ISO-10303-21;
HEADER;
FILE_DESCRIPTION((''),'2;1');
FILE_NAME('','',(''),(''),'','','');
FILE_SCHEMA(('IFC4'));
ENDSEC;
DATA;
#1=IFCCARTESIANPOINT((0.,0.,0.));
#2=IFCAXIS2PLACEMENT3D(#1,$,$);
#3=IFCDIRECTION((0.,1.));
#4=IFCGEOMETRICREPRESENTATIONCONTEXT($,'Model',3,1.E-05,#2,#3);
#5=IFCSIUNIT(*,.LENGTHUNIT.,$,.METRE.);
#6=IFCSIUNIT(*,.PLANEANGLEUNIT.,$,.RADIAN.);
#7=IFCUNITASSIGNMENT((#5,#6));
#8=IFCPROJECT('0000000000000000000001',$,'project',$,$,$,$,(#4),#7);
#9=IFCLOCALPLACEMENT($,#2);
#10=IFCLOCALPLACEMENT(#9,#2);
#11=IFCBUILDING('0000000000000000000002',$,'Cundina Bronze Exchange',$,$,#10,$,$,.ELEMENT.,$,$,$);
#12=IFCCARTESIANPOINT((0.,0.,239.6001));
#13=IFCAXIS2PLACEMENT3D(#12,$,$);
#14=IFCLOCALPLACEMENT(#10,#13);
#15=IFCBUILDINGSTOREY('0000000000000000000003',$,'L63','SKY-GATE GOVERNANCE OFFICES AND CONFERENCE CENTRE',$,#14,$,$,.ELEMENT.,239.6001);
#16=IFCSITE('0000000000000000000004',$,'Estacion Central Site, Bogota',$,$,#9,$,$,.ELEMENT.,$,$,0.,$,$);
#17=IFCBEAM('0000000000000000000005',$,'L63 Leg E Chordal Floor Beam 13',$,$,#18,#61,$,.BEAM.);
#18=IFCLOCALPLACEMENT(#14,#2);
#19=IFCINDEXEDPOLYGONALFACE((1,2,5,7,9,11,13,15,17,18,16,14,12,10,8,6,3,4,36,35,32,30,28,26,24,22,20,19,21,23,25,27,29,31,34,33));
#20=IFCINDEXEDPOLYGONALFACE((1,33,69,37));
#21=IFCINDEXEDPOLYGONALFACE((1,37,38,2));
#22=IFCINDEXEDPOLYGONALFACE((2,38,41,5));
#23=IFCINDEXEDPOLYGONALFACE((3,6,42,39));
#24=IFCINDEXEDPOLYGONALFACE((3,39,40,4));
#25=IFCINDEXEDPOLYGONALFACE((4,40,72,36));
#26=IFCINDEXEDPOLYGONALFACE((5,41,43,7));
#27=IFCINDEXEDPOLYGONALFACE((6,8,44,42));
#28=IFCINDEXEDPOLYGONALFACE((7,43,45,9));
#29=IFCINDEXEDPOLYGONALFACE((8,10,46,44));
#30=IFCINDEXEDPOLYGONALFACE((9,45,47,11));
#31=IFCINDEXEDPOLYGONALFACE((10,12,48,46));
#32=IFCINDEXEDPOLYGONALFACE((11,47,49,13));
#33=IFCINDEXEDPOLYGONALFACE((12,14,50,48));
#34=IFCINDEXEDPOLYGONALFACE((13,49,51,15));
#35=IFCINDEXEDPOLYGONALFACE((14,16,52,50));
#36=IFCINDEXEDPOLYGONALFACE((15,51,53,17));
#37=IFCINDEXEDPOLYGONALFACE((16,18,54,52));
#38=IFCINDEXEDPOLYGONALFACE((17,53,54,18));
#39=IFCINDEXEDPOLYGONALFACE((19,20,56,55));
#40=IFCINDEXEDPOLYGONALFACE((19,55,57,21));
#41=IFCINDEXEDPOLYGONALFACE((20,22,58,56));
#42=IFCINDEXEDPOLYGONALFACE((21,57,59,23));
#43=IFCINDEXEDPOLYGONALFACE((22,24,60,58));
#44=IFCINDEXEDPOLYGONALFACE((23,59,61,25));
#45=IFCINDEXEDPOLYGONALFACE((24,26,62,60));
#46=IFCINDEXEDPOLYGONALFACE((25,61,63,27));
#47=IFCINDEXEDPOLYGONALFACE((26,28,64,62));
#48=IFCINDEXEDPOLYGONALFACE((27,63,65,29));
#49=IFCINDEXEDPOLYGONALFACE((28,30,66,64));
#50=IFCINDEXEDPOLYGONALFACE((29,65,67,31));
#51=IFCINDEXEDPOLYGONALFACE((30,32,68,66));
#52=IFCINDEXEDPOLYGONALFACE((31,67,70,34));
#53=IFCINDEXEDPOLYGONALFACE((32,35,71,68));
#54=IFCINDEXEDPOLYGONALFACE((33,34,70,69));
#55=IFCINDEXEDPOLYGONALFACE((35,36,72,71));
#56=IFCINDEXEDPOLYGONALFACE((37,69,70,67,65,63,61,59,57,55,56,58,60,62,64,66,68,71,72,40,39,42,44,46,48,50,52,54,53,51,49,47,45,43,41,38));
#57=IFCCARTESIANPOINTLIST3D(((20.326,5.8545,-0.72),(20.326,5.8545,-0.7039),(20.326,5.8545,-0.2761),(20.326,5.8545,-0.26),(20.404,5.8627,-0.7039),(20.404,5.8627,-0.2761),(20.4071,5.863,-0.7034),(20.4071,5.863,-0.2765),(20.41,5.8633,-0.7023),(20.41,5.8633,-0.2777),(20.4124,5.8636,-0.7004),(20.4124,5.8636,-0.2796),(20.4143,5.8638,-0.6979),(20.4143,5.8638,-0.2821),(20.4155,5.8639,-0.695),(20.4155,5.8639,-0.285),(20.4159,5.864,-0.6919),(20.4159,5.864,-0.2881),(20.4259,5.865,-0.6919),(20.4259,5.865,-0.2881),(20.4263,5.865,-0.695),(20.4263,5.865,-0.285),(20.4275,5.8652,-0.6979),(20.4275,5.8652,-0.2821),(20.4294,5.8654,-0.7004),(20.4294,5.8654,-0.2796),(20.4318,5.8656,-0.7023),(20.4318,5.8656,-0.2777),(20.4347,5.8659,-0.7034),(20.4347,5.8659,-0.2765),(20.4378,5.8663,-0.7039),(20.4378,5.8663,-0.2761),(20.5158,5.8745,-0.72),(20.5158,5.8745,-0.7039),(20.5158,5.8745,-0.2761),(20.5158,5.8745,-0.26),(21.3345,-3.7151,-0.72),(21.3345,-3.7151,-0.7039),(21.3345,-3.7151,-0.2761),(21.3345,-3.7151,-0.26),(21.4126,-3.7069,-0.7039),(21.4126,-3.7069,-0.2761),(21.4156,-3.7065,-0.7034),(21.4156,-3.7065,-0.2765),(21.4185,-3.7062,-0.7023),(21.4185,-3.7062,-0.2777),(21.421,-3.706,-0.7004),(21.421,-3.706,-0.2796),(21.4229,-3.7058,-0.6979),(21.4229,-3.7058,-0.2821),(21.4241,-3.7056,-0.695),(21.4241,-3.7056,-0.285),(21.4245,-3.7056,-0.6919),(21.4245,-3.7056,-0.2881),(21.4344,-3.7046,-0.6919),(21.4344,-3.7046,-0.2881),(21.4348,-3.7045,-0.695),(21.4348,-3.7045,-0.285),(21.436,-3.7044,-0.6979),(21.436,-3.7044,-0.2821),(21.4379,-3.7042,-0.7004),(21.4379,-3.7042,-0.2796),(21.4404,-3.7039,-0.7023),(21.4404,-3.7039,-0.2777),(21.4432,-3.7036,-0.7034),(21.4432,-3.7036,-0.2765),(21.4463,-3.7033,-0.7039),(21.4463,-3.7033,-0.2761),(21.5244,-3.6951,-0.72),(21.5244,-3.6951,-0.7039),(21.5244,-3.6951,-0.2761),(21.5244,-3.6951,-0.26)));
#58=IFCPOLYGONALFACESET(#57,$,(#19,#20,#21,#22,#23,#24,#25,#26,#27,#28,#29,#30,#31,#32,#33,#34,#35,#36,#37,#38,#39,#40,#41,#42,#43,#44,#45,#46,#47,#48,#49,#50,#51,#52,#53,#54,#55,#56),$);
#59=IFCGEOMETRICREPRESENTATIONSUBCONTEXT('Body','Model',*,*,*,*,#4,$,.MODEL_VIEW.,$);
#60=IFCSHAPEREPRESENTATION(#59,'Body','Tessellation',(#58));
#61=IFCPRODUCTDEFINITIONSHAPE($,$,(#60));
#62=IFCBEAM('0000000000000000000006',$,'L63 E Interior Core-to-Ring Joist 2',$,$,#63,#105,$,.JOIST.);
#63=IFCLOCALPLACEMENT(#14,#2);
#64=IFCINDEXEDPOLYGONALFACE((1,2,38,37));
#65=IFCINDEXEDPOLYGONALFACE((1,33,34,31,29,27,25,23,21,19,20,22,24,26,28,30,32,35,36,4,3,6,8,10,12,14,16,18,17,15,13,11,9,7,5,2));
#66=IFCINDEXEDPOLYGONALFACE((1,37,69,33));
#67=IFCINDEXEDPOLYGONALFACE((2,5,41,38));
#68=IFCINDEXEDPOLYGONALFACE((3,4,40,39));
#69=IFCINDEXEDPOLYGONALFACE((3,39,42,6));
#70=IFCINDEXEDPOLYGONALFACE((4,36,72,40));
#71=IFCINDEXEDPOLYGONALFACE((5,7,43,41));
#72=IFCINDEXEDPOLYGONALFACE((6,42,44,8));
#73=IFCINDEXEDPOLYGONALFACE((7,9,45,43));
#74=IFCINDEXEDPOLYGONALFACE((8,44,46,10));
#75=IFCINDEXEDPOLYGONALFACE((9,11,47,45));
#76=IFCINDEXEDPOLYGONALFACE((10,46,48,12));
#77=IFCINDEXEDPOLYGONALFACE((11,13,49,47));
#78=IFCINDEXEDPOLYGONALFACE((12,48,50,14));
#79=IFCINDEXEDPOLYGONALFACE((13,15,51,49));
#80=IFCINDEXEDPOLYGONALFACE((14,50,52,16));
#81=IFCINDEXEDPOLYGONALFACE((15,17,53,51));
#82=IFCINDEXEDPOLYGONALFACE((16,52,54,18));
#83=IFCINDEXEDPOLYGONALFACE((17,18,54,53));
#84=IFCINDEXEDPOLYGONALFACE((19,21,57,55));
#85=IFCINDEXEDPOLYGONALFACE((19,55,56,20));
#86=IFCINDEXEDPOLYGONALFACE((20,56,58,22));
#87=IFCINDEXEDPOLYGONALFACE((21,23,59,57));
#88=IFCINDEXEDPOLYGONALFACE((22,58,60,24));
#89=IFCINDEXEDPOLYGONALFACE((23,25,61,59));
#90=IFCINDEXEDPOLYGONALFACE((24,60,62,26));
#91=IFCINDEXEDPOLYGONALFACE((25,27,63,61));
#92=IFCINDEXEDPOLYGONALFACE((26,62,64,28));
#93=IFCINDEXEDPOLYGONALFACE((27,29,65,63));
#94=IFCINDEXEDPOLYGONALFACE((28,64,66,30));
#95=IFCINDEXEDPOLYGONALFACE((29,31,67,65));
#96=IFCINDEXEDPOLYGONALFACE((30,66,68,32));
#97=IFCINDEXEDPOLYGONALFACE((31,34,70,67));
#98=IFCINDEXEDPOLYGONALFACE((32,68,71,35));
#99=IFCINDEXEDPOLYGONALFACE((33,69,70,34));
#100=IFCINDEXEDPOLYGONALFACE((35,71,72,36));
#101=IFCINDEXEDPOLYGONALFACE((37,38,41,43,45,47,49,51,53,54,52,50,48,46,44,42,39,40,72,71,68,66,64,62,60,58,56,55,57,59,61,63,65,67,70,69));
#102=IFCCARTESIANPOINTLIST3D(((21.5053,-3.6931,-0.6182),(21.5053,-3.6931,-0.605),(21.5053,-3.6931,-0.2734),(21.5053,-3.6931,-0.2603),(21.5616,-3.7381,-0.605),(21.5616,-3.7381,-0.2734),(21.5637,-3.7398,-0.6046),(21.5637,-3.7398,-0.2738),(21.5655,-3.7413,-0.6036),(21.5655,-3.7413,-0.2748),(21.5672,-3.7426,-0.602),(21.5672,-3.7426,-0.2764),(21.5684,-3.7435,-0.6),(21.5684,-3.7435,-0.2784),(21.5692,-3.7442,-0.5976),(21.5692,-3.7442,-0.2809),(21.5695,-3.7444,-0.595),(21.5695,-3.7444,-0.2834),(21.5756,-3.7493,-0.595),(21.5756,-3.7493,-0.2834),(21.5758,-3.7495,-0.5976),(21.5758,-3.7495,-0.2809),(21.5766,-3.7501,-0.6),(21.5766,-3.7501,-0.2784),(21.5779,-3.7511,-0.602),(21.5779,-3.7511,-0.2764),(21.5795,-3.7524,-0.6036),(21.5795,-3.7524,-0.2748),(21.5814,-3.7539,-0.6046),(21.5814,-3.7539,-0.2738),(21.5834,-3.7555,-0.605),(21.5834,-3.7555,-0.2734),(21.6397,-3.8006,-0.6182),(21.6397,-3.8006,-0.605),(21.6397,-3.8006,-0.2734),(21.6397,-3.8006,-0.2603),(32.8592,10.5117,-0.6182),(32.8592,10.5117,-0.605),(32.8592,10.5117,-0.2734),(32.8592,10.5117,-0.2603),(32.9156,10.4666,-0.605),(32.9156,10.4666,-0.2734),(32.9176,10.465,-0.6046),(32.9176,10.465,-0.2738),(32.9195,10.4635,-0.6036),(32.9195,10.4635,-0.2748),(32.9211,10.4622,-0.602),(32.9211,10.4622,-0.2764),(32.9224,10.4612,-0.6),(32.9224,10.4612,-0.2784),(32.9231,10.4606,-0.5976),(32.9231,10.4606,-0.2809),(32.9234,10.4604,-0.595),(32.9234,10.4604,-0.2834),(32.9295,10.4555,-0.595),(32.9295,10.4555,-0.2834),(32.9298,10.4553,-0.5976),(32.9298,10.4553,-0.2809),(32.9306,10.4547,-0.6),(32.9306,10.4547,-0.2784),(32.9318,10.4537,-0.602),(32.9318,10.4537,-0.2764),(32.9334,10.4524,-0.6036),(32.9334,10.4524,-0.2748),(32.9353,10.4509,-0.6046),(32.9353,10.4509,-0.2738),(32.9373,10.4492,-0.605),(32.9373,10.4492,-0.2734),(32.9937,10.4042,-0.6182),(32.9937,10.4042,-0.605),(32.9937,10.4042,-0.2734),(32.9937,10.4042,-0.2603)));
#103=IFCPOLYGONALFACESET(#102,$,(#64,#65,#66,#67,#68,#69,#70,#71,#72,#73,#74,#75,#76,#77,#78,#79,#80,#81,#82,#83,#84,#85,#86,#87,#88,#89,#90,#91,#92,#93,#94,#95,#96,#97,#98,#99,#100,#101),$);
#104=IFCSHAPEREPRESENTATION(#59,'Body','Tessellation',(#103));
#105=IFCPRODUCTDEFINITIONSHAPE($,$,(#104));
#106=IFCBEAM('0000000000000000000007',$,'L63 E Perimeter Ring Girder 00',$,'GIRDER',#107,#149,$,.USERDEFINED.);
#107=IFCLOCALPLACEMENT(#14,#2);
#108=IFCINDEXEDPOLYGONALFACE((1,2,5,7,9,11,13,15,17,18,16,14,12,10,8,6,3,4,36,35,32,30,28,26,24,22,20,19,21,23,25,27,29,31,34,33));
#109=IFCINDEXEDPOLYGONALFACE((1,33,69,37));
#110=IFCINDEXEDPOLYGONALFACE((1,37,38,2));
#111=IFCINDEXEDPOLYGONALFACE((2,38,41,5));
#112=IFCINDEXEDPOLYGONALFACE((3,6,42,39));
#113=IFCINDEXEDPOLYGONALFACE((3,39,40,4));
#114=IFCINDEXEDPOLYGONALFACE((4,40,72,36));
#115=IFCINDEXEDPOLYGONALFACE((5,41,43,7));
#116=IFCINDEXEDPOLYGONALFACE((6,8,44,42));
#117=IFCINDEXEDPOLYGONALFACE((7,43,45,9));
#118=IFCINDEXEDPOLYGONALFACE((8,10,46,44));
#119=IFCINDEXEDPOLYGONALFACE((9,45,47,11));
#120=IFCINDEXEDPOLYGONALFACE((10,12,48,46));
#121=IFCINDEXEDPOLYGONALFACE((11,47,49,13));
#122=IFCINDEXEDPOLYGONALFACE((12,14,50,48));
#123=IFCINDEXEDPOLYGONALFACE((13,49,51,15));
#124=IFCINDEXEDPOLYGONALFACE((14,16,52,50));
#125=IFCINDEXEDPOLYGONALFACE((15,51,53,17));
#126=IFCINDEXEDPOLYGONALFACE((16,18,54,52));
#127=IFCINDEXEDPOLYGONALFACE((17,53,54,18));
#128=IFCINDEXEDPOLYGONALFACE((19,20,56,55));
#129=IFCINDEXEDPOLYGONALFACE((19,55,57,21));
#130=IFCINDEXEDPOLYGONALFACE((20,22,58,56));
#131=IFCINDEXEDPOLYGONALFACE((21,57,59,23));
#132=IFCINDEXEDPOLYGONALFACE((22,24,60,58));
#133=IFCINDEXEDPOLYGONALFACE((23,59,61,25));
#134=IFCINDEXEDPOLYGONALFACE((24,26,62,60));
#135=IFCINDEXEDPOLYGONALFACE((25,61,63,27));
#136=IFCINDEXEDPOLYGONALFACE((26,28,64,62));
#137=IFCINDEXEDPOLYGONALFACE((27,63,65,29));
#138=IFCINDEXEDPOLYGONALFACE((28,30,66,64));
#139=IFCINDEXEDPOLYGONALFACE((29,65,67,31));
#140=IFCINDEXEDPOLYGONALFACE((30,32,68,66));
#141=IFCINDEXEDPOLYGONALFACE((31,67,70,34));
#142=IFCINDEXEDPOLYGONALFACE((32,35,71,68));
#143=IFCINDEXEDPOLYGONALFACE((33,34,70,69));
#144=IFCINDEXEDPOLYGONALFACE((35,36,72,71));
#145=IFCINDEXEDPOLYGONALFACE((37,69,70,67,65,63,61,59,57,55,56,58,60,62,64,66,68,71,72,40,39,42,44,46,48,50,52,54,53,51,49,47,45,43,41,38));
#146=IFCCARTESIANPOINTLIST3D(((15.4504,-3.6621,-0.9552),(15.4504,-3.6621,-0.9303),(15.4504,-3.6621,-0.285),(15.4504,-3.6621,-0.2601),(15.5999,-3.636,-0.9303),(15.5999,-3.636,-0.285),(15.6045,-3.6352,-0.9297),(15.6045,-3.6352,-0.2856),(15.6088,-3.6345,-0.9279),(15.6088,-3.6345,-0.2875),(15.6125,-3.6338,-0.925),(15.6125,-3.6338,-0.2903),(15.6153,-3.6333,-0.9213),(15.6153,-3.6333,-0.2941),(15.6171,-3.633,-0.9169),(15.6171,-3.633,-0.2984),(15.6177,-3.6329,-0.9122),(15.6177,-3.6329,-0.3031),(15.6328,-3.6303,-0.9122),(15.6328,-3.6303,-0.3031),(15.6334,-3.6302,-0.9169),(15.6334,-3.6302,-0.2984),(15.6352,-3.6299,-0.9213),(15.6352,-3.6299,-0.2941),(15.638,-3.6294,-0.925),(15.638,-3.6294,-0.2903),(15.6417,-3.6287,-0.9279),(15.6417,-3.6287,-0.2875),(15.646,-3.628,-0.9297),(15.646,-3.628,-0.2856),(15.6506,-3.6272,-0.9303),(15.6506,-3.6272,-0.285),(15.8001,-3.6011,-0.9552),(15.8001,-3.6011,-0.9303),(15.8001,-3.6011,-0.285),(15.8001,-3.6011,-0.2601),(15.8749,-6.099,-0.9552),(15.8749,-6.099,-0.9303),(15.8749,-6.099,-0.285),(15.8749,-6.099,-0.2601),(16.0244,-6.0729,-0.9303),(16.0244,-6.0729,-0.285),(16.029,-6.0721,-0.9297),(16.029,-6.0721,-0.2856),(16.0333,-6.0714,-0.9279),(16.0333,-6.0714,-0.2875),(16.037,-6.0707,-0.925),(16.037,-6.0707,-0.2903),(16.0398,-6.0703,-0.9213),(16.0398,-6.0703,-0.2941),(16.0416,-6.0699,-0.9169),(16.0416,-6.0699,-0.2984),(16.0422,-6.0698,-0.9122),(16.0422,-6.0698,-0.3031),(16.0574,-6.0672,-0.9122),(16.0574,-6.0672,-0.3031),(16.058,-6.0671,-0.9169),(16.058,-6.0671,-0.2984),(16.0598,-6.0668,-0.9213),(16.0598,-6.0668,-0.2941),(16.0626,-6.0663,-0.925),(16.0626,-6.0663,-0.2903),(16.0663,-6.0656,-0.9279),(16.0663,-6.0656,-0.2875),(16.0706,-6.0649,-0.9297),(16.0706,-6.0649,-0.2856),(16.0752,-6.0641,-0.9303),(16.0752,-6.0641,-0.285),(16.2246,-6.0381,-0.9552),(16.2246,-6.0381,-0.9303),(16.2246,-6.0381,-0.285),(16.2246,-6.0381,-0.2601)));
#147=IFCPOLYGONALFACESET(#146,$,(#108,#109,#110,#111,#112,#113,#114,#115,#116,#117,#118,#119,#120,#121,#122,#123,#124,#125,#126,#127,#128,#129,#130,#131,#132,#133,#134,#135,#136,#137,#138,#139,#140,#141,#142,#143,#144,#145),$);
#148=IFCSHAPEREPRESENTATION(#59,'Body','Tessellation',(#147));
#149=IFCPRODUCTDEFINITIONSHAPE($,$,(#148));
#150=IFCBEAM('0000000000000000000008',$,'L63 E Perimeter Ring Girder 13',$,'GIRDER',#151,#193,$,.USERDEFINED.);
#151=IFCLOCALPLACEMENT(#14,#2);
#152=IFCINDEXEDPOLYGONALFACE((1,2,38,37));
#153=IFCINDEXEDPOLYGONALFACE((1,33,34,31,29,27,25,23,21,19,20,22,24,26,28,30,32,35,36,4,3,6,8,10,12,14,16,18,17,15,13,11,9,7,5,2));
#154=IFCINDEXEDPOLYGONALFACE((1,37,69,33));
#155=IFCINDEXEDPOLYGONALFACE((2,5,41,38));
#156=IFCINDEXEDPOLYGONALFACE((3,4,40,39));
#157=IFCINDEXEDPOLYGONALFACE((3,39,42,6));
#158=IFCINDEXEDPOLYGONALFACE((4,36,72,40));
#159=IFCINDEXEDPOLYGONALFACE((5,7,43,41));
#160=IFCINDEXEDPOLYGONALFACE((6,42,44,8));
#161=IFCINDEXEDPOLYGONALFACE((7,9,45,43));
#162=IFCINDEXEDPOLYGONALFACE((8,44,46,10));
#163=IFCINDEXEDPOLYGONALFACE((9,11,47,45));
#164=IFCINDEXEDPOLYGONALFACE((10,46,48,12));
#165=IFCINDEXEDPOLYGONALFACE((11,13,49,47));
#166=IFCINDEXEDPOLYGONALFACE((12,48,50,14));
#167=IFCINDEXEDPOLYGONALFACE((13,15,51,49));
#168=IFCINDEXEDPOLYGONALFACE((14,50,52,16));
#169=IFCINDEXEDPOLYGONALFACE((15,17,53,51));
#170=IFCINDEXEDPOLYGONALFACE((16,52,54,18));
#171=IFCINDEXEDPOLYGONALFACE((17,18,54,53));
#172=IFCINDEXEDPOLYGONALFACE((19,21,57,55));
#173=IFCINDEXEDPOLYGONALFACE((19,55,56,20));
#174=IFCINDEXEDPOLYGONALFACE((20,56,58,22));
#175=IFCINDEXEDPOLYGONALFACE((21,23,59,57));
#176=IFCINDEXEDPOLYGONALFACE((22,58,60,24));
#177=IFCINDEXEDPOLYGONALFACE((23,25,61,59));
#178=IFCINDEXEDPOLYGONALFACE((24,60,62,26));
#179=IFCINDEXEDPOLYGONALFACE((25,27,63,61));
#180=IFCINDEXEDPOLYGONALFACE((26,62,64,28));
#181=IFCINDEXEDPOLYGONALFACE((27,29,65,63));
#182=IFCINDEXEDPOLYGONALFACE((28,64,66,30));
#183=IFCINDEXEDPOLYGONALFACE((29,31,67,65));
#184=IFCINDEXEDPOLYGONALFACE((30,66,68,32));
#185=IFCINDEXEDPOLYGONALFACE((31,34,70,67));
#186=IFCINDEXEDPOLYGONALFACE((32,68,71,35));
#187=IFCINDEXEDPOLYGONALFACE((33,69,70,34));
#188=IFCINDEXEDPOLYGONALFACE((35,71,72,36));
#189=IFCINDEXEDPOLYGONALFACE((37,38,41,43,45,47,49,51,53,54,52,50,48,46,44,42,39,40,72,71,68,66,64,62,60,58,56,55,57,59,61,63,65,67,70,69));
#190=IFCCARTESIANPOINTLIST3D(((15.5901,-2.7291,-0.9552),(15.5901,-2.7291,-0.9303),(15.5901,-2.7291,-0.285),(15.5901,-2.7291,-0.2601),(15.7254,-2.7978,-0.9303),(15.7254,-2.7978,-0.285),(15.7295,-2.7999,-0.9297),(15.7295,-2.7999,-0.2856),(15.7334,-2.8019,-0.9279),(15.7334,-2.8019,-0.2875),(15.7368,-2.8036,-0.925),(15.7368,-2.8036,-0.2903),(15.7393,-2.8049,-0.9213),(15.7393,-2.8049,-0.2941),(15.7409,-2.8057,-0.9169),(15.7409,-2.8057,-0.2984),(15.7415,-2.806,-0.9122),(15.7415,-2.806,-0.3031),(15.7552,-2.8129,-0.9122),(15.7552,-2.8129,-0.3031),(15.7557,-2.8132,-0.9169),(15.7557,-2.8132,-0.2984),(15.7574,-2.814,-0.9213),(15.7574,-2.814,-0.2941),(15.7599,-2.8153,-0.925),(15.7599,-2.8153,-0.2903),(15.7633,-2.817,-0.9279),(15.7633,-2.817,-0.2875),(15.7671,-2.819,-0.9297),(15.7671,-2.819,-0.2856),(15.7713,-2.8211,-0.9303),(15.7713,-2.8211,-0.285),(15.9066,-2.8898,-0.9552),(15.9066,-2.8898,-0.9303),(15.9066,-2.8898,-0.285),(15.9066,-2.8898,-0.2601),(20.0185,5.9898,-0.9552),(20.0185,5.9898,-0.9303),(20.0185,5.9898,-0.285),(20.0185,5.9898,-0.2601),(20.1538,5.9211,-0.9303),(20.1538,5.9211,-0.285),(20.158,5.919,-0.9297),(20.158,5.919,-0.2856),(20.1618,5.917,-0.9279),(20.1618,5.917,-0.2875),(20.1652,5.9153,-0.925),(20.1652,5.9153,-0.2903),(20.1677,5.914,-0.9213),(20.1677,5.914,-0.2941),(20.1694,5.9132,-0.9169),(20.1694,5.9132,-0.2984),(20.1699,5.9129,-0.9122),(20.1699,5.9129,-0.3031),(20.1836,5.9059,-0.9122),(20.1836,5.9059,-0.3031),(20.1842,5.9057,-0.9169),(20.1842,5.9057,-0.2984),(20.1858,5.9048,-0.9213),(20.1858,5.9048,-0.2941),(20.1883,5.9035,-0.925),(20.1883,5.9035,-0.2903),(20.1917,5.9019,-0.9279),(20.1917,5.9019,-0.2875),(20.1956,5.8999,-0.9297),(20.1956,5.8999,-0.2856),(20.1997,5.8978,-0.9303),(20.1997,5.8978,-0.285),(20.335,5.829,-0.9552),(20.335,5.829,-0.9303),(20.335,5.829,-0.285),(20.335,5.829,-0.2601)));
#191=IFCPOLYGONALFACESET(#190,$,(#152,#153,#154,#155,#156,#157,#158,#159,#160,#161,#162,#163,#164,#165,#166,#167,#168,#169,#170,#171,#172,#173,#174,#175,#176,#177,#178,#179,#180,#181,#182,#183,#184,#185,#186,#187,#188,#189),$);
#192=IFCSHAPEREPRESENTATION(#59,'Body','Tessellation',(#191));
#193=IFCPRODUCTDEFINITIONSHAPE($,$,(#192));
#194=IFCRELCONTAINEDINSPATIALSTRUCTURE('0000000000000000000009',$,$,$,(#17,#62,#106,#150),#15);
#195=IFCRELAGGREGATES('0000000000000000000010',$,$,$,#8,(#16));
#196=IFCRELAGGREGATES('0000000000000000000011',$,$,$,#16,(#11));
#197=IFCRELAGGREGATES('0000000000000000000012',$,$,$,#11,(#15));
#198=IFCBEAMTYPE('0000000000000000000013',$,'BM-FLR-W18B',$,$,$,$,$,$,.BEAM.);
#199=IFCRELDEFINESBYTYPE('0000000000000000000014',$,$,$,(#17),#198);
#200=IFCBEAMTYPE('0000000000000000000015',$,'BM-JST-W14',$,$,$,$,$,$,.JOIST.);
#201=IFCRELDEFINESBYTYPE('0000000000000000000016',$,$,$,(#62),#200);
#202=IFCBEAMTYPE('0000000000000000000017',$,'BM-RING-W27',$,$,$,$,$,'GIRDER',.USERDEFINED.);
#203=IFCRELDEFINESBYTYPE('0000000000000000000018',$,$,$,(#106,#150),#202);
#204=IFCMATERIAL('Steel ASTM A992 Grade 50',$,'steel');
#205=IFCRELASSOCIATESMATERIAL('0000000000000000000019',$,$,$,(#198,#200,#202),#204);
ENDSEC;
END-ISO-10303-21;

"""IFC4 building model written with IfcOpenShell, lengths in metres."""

from ifc_helpers import new_model, si_unit, direction, frame, origin, origin_2d, place, context, subcontext, project, spatial, i_section, extrude, material, material_profile, profile_set, type_object, element, save


model = new_model("IFC4")

# Units and contexts
model_context = context("Model", 3, precision=1e-05, world=origin(), true_north=direction((0.0, 1.0)))
body_context = subcontext(model_context, "Body", "Model", "MODEL_VIEW")
ifc_project = project(units=[si_unit("LENGTHUNIT", "METRE"), si_unit("PLANEANGLEUNIT", "RADIAN")], contexts=[model_context])

# Site, building, storey
site_placement = place(None, origin())
site = spatial("IfcSite", under=ifc_project, at=site_placement, Name="Estacion Central Site, Bogota", CompositionType="ELEMENT", RefElevation=0.0)
building_placement = place(site_placement, origin())
building = spatial("IfcBuilding", under=site, at=building_placement, Name="Cundina Bronze Exchange", CompositionType="ELEMENT")
storey_placement = place(building_placement, frame((0.0, 0.0, 239.6001)))
storey = spatial("IfcBuildingStorey", under=building, at=storey_placement, Name="L63", Description="SKY-GATE GOVERNANCE OFFICES AND CONFERENCE CENTRE", CompositionType="ELEMENT", Elevation=239.6001)

# Shared definitions
ifc_material_1 = material(Name="Steel ASTM A992 Grade 50", Category="steel")

# Beams
ifc_material_profile_1 = material_profile(ifc_material_1, i_section(OverallWidth=0.1909, OverallDepth=0.46, WebThickness=0.01, FlangeThickness=0.0161, FilletRadius=0.012, at=origin_2d()), Name="W18X55", Category="steel")
ifc_profile_set_1 = profile_set([ifc_material_profile_1], Name="Steel ASTM A992 Grade 50")
beam_type_1 = type_object("IfcBeamType", Name="BM-FLR-W18B", PredefinedType="BEAM", material=ifc_profile_set_1)
beam_1_placement = place(storey_placement, frame((21.4294, -3.7051, -0.49), z_axis=(-0.10481, 0.994492, 0.0), x_axis=(-0.994492, -0.10481, 0.0)))
element("IfcBeam", 1, at=beam_1_placement, inside=storey, type_object=beam_type_1, Name="L63 Leg E Chordal Floor Beam 13", PredefinedType="BEAM", context=body_context, shape_type="SweptSolid", body=[
    extrude(i_section(OverallWidth=0.1909, OverallDepth=0.46, WebThickness=0.01, FlangeThickness=0.0161, FilletRadius=0.012, at=origin_2d()), origin(), (0.0, 0.0, 1.0), 9.6226),
])
ifc_material_profile_2 = material_profile(ifc_material_1, i_section(OverallWidth=0.1721, OverallDepth=0.3579, WebThickness=0.0078, FlangeThickness=0.0132, FilletRadius=0.01, at=origin_2d()), Name="W14X38", Category="steel")
ifc_profile_set_2 = profile_set([ifc_material_profile_2], Name="Steel ASTM A992 Grade 50")
beam_type_2 = type_object("IfcBeamType", Name="BM-JST-W14", PredefinedType="JOIST", material=ifc_profile_set_2)
beam_2_placement = place(storey_placement, frame((21.5725, -3.7468, -0.4392), z_axis=(0.624364, 0.781133, 0.0), x_axis=(-0.781133, 0.624364, 0.0)))
element("IfcBeam", 2, at=beam_2_placement, inside=storey, type_object=beam_type_2, Name="L63 E Interior Core-to-Ring Joist 2", PredefinedType="JOIST", context=body_context, shape_type="SweptSolid", body=[
    extrude(i_section(OverallWidth=0.1721, OverallDepth=0.3579, WebThickness=0.0078, FlangeThickness=0.0132, FilletRadius=0.01, at=origin_2d()), origin(), (0.0, 0.0, 1.0), 18.1848),
])
ifc_material_profile_3 = material_profile(ifc_material_1, i_section(OverallWidth=0.355, OverallDepth=0.6951, WebThickness=0.0154, FlangeThickness=0.0249, FilletRadius=0.0181, at=origin_2d()), Name="W27X146", Category="steel")
ifc_profile_set_3 = profile_set([ifc_material_profile_3], Name="Steel ASTM A992 Grade 50")
beam_type_3 = type_object("IfcBeamType", Name="BM-RING-W27", ElementType="GIRDER", PredefinedType="USERDEFINED", material=ifc_profile_set_3)
beam_3_placement = place(storey_placement, frame((15.6252, -3.6316, -0.6077), z_axis=(0.171629, -0.985162, 0.0), x_axis=(0.985162, 0.171629, 0.0)))
element("IfcBeam", 3, at=beam_3_placement, inside=storey, type_object=beam_type_3, Name="L63 E Perimeter Ring Girder 00", ObjectType="GIRDER", PredefinedType="USERDEFINED", context=body_context, shape_type="SweptSolid", body=[
    extrude(i_section(OverallWidth=0.355, OverallDepth=0.6951, WebThickness=0.0154, FlangeThickness=0.0249, FilletRadius=0.0181, at=origin_2d()), origin(), (0.0, 0.0, 1.0), 2.4736),
])
beam_4_placement = place(storey_placement, frame((20.1768, 5.9094, -0.6077), z_axis=(-0.452847, -0.891588, 0.0), x_axis=(0.891588, -0.452847, 0.0)))
element("IfcBeam", 4, at=beam_4_placement, inside=storey, type_object=beam_type_3, Name="L63 E Perimeter Ring Girder 13", ObjectType="GIRDER", PredefinedType="USERDEFINED", context=body_context, shape_type="SweptSolid", body=[
    extrude(i_section(OverallWidth=0.355, OverallDepth=0.6951, WebThickness=0.0154, FlangeThickness=0.0249, FilletRadius=0.0181, at=origin_2d()), origin(), (0.0, 0.0, 1.0), 9.7791),
])

save(model, "model.ifc")
